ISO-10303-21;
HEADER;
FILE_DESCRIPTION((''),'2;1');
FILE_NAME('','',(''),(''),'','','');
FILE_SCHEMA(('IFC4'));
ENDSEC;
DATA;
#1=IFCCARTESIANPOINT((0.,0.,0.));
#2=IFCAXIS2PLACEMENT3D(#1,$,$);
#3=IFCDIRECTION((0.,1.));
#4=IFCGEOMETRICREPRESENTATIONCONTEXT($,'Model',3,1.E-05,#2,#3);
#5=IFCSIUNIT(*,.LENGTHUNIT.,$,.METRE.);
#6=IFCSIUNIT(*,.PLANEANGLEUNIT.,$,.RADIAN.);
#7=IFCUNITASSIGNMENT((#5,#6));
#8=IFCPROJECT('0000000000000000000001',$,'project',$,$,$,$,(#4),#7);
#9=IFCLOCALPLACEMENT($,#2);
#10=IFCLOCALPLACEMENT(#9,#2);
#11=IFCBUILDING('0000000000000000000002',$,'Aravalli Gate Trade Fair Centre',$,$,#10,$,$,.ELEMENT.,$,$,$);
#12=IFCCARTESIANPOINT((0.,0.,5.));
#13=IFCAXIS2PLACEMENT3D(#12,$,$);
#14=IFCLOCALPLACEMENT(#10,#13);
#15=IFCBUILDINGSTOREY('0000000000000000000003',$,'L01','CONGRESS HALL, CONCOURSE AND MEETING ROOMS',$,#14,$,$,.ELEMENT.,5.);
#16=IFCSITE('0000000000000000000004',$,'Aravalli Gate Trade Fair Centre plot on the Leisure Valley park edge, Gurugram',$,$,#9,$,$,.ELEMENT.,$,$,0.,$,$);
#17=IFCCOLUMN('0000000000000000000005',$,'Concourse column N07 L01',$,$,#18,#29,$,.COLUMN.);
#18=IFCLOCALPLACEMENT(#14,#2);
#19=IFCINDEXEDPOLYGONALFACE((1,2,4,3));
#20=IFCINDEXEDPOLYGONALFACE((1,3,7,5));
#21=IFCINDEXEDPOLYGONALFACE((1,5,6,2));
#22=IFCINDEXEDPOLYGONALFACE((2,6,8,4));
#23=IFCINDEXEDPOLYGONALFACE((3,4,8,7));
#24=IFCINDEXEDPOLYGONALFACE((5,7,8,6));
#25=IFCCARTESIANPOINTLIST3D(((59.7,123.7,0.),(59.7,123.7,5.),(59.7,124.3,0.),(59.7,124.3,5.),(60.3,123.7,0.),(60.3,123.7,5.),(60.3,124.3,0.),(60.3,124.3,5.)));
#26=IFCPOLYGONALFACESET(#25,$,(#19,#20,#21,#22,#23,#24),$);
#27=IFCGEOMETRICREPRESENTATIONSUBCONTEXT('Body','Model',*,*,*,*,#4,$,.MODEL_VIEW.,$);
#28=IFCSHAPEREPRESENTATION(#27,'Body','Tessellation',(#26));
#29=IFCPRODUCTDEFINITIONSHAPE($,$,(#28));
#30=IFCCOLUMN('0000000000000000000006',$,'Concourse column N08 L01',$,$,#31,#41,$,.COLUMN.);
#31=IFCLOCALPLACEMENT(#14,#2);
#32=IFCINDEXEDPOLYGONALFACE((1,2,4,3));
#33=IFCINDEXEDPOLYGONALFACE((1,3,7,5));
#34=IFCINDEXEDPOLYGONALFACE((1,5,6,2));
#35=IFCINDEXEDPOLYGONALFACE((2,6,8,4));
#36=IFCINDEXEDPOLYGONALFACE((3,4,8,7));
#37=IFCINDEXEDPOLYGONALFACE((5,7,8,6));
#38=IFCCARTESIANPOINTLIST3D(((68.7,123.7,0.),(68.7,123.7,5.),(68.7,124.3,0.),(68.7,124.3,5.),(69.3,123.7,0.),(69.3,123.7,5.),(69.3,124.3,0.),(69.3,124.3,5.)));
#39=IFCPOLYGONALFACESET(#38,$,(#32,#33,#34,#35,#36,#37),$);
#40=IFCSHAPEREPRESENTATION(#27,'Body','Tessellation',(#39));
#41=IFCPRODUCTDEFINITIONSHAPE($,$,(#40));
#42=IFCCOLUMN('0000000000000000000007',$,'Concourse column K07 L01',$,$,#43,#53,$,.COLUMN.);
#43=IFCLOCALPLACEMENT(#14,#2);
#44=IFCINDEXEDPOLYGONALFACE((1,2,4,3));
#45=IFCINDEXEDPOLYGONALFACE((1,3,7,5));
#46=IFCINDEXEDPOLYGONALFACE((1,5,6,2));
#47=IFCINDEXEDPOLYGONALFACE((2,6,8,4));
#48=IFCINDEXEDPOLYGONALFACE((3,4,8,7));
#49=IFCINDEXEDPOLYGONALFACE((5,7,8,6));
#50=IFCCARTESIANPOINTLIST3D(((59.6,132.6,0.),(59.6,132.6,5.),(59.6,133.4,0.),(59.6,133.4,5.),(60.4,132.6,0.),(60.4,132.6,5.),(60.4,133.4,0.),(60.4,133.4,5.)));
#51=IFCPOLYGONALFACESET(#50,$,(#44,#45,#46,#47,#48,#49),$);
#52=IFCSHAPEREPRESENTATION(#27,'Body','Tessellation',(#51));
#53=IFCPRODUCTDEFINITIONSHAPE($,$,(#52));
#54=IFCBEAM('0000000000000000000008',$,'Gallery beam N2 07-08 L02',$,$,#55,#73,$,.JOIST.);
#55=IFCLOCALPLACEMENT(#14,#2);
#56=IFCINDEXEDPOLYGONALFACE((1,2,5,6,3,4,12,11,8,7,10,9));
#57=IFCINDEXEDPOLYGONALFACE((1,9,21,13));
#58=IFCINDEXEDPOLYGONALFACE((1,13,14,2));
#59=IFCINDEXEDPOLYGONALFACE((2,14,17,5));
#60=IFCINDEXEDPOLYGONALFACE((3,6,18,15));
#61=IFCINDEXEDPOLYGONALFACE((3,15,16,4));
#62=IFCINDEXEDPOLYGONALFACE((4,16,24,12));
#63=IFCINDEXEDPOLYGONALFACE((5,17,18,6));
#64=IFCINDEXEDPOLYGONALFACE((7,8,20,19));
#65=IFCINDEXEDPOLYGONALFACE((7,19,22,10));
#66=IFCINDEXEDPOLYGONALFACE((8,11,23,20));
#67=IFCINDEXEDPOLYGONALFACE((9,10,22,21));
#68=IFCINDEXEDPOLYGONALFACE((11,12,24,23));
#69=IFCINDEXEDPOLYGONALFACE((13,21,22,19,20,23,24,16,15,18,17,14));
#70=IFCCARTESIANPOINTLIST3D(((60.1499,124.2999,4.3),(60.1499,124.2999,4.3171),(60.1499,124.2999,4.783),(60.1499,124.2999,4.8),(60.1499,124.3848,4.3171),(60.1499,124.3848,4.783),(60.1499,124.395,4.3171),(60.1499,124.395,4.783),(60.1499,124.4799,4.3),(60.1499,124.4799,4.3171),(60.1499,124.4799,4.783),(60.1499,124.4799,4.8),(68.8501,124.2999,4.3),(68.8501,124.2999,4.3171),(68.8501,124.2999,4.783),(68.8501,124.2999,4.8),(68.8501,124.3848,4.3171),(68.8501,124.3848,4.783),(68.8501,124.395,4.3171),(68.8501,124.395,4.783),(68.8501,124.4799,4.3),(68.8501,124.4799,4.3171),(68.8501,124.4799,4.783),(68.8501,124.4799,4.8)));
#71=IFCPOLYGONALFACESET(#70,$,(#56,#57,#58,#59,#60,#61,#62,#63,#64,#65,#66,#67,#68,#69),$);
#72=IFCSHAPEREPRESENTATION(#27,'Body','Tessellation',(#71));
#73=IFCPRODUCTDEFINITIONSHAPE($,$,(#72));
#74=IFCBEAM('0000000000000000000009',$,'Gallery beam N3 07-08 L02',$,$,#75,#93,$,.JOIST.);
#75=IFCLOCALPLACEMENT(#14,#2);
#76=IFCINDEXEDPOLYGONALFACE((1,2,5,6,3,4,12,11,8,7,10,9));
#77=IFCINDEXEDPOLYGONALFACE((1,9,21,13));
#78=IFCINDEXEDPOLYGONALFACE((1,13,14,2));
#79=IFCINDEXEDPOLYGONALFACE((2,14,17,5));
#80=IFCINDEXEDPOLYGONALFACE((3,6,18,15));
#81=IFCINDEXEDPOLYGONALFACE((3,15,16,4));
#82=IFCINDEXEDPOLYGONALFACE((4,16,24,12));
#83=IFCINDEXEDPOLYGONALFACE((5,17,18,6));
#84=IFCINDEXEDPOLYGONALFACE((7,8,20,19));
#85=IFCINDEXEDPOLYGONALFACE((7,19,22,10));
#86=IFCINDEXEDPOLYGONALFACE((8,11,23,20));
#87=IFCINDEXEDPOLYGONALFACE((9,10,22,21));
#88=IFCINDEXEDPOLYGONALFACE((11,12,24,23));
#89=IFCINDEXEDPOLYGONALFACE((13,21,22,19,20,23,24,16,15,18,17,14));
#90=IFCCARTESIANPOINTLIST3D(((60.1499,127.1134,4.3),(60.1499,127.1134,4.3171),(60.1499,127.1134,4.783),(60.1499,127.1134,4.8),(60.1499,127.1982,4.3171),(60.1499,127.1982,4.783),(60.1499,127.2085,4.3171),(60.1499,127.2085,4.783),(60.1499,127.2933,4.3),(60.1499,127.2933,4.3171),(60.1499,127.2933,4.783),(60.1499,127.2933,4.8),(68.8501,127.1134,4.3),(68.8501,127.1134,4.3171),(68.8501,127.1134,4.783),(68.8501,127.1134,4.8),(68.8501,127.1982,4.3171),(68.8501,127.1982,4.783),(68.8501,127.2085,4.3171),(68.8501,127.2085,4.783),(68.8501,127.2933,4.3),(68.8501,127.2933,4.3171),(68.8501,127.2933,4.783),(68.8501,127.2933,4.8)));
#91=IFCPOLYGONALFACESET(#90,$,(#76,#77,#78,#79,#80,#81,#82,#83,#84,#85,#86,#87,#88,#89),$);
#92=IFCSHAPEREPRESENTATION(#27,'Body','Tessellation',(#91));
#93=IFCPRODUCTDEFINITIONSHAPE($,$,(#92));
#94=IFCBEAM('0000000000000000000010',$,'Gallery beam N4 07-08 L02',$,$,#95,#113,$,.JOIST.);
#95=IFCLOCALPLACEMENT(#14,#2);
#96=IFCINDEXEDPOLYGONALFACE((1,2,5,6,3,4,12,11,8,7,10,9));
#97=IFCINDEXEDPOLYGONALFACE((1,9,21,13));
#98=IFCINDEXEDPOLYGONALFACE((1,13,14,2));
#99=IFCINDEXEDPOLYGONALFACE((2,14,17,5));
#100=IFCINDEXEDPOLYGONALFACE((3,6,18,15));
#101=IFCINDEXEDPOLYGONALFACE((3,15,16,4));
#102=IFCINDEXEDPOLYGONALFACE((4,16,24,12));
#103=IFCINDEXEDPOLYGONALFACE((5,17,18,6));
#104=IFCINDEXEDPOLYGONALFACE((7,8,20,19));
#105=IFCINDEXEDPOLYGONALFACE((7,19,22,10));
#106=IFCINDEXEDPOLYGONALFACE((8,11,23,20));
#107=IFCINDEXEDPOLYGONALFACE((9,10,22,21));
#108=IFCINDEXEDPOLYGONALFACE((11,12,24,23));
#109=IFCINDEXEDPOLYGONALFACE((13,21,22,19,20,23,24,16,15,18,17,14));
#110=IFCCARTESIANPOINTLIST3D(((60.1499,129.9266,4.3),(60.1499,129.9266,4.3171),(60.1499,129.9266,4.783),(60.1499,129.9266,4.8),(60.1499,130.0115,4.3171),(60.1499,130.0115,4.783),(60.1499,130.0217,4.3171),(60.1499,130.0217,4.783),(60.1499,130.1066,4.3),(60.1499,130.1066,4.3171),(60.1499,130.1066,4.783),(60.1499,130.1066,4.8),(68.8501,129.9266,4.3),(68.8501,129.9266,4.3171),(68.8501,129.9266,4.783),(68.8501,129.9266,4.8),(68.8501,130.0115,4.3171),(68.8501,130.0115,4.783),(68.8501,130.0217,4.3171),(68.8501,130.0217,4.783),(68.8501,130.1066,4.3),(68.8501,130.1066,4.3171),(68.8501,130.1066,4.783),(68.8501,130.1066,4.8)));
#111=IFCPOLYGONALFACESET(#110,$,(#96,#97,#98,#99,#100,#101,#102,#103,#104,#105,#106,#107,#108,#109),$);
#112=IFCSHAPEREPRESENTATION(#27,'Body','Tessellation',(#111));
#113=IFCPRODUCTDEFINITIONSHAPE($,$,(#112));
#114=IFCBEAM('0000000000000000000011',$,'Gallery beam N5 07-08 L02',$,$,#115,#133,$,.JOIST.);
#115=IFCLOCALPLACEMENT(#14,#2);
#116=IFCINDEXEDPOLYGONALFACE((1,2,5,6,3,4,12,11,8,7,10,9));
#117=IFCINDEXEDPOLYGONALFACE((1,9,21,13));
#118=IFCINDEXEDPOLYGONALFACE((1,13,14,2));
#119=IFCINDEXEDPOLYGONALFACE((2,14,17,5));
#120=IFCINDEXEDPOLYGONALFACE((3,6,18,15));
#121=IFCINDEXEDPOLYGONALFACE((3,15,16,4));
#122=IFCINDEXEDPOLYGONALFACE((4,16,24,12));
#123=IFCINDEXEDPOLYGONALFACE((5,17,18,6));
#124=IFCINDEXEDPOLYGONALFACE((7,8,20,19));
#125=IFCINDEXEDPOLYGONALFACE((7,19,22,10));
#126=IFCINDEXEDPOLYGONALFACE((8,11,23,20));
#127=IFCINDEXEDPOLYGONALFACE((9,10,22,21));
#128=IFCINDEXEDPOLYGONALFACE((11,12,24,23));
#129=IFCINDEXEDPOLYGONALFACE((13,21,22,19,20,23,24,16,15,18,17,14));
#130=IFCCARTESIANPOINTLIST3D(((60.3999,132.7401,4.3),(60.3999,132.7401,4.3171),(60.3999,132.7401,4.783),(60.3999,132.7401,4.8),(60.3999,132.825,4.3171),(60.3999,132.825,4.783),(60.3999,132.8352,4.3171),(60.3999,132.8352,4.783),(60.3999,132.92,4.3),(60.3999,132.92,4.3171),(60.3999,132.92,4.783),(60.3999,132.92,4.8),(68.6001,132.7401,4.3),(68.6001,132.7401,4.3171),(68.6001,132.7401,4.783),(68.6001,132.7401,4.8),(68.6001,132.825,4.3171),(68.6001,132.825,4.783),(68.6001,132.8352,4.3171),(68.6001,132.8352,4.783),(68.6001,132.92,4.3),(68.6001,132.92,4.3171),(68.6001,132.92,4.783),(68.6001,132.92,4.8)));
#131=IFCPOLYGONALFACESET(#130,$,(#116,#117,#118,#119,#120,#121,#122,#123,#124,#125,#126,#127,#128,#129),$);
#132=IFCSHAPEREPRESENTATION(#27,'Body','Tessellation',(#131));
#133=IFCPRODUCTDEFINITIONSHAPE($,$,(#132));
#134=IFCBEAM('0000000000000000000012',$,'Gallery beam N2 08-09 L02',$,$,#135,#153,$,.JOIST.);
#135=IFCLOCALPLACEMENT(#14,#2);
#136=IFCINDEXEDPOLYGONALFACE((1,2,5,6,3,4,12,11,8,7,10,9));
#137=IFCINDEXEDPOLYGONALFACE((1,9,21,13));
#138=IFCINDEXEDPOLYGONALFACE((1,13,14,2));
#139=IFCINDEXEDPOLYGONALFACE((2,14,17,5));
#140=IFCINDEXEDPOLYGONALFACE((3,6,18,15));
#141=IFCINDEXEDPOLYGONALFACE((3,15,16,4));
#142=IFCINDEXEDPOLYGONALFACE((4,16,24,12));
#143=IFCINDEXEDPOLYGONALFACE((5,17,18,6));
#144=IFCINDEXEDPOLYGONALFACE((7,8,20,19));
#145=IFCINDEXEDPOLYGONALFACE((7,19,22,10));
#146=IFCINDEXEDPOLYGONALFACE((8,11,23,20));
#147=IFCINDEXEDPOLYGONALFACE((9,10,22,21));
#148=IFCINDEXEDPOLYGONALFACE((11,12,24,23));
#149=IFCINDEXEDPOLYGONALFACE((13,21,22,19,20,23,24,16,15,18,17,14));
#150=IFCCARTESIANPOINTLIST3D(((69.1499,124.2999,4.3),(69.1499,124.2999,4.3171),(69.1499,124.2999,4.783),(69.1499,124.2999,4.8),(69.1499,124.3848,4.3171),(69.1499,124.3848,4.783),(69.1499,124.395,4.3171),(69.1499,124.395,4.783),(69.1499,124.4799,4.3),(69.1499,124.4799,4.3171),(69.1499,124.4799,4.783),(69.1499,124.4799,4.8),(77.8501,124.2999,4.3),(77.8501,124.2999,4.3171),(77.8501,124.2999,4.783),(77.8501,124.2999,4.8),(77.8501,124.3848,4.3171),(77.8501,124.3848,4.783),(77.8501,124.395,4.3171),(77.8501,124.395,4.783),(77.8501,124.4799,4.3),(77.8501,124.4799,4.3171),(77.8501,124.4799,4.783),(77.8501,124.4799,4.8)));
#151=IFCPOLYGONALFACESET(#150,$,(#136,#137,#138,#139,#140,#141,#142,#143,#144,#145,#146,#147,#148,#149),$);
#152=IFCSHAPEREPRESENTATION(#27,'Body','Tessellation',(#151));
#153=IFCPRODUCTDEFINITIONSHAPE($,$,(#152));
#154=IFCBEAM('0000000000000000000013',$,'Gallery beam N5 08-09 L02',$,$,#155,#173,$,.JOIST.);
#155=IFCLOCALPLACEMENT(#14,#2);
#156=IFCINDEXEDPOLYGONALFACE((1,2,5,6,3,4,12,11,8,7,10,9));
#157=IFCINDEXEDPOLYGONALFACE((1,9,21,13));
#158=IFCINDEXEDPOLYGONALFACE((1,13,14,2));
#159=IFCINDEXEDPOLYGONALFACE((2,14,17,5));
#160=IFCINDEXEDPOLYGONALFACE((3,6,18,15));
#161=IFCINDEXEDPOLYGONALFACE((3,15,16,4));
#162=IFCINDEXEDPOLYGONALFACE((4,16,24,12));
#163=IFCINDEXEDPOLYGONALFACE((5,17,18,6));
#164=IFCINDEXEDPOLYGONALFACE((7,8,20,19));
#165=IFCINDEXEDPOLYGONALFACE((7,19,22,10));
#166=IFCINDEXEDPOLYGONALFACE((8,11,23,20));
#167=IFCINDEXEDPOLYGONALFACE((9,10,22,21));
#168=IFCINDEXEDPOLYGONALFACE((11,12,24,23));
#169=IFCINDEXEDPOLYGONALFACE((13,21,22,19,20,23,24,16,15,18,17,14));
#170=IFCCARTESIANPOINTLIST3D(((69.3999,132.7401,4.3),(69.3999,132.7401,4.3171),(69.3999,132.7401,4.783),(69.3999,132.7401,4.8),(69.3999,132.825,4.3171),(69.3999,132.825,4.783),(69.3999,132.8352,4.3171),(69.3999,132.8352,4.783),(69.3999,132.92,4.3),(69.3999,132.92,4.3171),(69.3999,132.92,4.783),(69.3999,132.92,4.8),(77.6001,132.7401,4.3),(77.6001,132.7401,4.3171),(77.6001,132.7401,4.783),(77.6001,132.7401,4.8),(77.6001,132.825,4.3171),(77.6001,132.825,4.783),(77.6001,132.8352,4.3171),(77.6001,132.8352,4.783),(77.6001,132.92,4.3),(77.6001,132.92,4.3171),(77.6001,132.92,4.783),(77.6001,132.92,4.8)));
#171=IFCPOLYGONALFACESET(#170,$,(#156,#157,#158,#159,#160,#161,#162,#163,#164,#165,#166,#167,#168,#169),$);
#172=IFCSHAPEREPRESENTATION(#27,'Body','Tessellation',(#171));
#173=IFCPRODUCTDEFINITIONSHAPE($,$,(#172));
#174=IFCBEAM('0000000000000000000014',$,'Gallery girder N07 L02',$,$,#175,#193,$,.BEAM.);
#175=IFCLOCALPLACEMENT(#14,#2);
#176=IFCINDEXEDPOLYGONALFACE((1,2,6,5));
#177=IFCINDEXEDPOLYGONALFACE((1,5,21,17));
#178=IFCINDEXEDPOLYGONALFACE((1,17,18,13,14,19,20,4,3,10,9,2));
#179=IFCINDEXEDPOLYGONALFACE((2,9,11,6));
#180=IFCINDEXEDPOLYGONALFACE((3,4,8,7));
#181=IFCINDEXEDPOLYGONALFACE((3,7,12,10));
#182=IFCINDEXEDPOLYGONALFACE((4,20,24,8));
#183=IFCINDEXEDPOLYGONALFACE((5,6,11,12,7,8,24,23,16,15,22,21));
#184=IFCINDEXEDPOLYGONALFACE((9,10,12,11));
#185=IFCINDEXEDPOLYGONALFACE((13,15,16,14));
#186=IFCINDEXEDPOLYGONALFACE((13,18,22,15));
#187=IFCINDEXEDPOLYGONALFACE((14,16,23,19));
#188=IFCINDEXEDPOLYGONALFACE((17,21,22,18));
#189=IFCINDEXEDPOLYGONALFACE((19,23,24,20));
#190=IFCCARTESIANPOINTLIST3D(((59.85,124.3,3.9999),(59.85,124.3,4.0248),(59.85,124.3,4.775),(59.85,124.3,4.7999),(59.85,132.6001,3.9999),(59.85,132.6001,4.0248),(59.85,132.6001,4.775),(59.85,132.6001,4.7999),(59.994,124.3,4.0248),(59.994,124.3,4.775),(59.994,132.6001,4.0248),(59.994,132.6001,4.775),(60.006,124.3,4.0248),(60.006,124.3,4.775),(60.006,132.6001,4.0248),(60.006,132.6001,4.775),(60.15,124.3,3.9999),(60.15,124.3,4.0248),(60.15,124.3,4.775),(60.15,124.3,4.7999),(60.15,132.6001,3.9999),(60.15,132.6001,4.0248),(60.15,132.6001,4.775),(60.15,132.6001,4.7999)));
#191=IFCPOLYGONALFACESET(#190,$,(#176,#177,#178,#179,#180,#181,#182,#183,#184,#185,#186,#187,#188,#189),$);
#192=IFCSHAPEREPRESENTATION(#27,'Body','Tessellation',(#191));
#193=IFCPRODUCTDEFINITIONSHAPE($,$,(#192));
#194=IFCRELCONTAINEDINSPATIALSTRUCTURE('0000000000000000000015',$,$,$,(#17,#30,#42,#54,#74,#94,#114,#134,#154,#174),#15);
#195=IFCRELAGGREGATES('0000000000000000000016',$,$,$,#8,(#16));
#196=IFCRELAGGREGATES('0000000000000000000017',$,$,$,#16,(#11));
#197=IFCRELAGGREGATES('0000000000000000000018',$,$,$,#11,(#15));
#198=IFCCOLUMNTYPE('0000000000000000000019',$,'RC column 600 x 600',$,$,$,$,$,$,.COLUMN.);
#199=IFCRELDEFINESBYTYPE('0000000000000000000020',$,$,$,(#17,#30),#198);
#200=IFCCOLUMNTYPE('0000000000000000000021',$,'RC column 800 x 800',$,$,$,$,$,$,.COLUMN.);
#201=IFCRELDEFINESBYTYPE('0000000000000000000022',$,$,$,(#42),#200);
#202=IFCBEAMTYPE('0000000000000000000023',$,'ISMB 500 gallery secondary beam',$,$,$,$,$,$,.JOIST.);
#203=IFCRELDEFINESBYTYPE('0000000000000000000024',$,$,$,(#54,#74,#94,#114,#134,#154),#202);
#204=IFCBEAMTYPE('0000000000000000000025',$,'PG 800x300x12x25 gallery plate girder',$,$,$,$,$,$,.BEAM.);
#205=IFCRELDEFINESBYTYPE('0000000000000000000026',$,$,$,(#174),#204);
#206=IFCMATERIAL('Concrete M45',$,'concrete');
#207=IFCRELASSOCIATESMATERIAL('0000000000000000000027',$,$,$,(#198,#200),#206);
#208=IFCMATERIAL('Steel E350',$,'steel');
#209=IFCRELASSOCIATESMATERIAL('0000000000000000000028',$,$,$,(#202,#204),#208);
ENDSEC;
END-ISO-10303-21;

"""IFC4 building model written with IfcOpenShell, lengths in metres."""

from ifc_helpers import new_model, si_unit, direction, frame, origin, origin_2d, place, context, subcontext, project, spatial, rectangle, i_section, extrude, material, material_profile, profile_set, type_object, element, save


model = new_model("IFC4")

# Units and contexts
model_context = context("Model", 3, precision=1e-05, world=origin(), true_north=direction((0.0, 1.0)))
body_context = subcontext(model_context, "Body", "Model", "MODEL_VIEW")
ifc_project = project(units=[si_unit("LENGTHUNIT", "METRE"), si_unit("PLANEANGLEUNIT", "RADIAN")], contexts=[model_context])

# Site, building, storey
site_placement = place(None, origin())
site = spatial("IfcSite", under=ifc_project, at=site_placement, Name="Aravalli Gate Trade Fair Centre plot on the Leisure Valley park edge, Gurugram", CompositionType="ELEMENT", RefElevation=0.0)
building_placement = place(site_placement, origin())
building = spatial("IfcBuilding", under=site, at=building_placement, Name="Aravalli Gate Trade Fair Centre", CompositionType="ELEMENT")
storey_placement = place(building_placement, frame((0.0, 0.0, 5.0)))
storey = spatial("IfcBuildingStorey", under=building, at=storey_placement, Name="L01", Description="CONGRESS HALL, CONCOURSE AND MEETING ROOMS", CompositionType="ELEMENT", Elevation=5.0)

# Columns
ifc_material_1 = material(Name="Concrete M45", Category="concrete")
ifc_material_profile_1 = material_profile(ifc_material_1, rectangle(XDim=0.6001, YDim=0.6001, at=origin_2d()), Name="RC column 600 x 600")
ifc_profile_set_1 = profile_set([ifc_material_profile_1], Name="Concrete M45")
column_type_1 = type_object("IfcColumnType", Name="RC column 600 x 600", PredefinedType="COLUMN", material=ifc_profile_set_1)
for number, where, z_axis, x_axis, name in (
    (1, (60.0, 124.0, 0.0), (0.0, 0.0, 1.0), (1.0, 0.0, 0.0), "Concourse column N07 L01"),
    (2, (69.0, 124.0, 0.0), (0.0, 0.0, 1.0), (1.0, 0.0, 0.0), "Concourse column N08 L01"),
):
    element("IfcColumn", number, at=place(storey_placement, frame(where, z_axis=z_axis, x_axis=x_axis)), inside=storey, type_object=column_type_1, Name=name, PredefinedType="COLUMN", context=body_context, shape_type="SweptSolid", body=[
        extrude(rectangle(XDim=0.6001, YDim=0.6001, at=origin_2d()), origin(), (0.0, 0.0, 1.0), 5.0),
    ])
ifc_material_profile_2 = material_profile(ifc_material_1, rectangle(XDim=0.8, YDim=0.8, at=origin_2d()), Name="RC column 800 x 800")
ifc_profile_set_2 = profile_set([ifc_material_profile_2], Name="Concrete M45")
column_type_2 = type_object("IfcColumnType", Name="RC column 800 x 800", PredefinedType="COLUMN", material=ifc_profile_set_2)
column_placement = place(storey_placement, frame((60.0, 133.0, 0.0), z_axis=(0.0, 0.0, 1.0), x_axis=(1.0, 0.0, 0.0)))
element("IfcColumn", 3, at=column_placement, inside=storey, type_object=column_type_2, Name="Concourse column K07 L01", PredefinedType="COLUMN", context=body_context, shape_type="SweptSolid", body=[
    extrude(rectangle(XDim=0.8, YDim=0.8, at=origin_2d()), origin(), (0.0, 0.0, 1.0), 5.0),
])

# Beams
ifc_material_2 = material(Name="Steel E350", Category="steel")
ifc_material_profile_3 = material_profile(ifc_material_2, i_section(OverallWidth=0.1799, OverallDepth=0.5, WebThickness=0.0103, FlangeThickness=0.0171, at=origin_2d()), Name="ISMB 500")
ifc_profile_set_3 = profile_set([ifc_material_profile_3], Name="Steel E350")
beam_type_1 = type_object("IfcBeamType", Name="ISMB 500 gallery secondary beam", PredefinedType="JOIST", material=ifc_profile_set_3)
for number, where, z_axis, x_axis, name in (
    (4, (60.1499, 124.3899, 4.55), (1.0, 0.0, 0.0), (0.0, 1.0, 0.0), "Gallery beam N2 07-08 L02"),
    (5, (60.1499, 127.2034, 4.55), (1.0, 0.0, 0.0), (0.0, 1.0, 0.0), "Gallery beam N3 07-08 L02"),
    (6, (60.1499, 130.0166, 4.55), (1.0, 0.0, 0.0), (0.0, 1.0, 0.0), "Gallery beam N4 07-08 L02"),
):
    element("IfcBeam", number, at=place(storey_placement, frame(where, z_axis=z_axis, x_axis=x_axis)), inside=storey, type_object=beam_type_1, Name=name, PredefinedType="JOIST", context=body_context, shape_type="SweptSolid", body=[
        extrude(i_section(OverallWidth=0.1799, OverallDepth=0.5, WebThickness=0.0103, FlangeThickness=0.0171, at=origin_2d()), origin(), (0.0, 0.0, 1.0), 8.7002),
    ])
beam_1_placement = place(storey_placement, frame((60.3999, 132.8301, 4.55), z_axis=(1.0, 0.0, 0.0), x_axis=(0.0, 1.0, 0.0)))
element("IfcBeam", 7, at=beam_1_placement, inside=storey, type_object=beam_type_1, Name="Gallery beam N5 07-08 L02", PredefinedType="JOIST", context=body_context, shape_type="SweptSolid", body=[
    extrude(i_section(OverallWidth=0.1799, OverallDepth=0.5, WebThickness=0.0103, FlangeThickness=0.0171, at=origin_2d()), origin(), (0.0, 0.0, 1.0), 8.2002),
])
beam_2_placement = place(storey_placement, frame((69.1499, 124.3899, 4.55), z_axis=(1.0, 0.0, 0.0), x_axis=(0.0, 1.0, 0.0)))
element("IfcBeam", 8, at=beam_2_placement, inside=storey, type_object=beam_type_1, Name="Gallery beam N2 08-09 L02", PredefinedType="JOIST", context=body_context, shape_type="SweptSolid", body=[
    extrude(i_section(OverallWidth=0.1799, OverallDepth=0.5, WebThickness=0.0103, FlangeThickness=0.0171, at=origin_2d()), origin(), (0.0, 0.0, 1.0), 8.7002),
])
beam_3_placement = place(storey_placement, frame((69.3999, 132.8301, 4.55), z_axis=(1.0, 0.0, 0.0), x_axis=(0.0, 1.0, 0.0)))
element("IfcBeam", 9, at=beam_3_placement, inside=storey, type_object=beam_type_1, Name="Gallery beam N5 08-09 L02", PredefinedType="JOIST", context=body_context, shape_type="SweptSolid", body=[
    extrude(i_section(OverallWidth=0.1799, OverallDepth=0.5, WebThickness=0.0103, FlangeThickness=0.0171, at=origin_2d()), origin(), (0.0, 0.0, 1.0), 8.2002),
])
ifc_material_profile_4 = material_profile(ifc_material_2, i_section(OverallWidth=0.3, OverallDepth=0.8, WebThickness=0.012, FlangeThickness=0.0249, at=origin_2d()), Name="PG 800x300x12x25")
ifc_profile_set_4 = profile_set([ifc_material_profile_4], Name="Steel E350")
beam_type_2 = type_object("IfcBeamType", Name="PG 800x300x12x25 gallery plate girder", PredefinedType="BEAM", material=ifc_profile_set_4)
for number, where, z_axis, x_axis, name in (
    (10, (60.0, 124.3, 4.3999), (0.0, 1.0, 0.0), (-1.0, 0.0, 0.0), "Gallery girder N07 L02"),
):
    element("IfcBeam", number, at=place(storey_placement, frame(where, z_axis=z_axis, x_axis=x_axis)), inside=storey, type_object=beam_type_2, Name=name, PredefinedType="BEAM", context=body_context, shape_type="SweptSolid", body=[
        extrude(i_section(OverallWidth=0.3, OverallDepth=0.8, WebThickness=0.012, FlangeThickness=0.0249, at=origin_2d()), origin(), (0.0, 0.0, 1.0), 8.3),
    ])

save(model, "model.ifc")
